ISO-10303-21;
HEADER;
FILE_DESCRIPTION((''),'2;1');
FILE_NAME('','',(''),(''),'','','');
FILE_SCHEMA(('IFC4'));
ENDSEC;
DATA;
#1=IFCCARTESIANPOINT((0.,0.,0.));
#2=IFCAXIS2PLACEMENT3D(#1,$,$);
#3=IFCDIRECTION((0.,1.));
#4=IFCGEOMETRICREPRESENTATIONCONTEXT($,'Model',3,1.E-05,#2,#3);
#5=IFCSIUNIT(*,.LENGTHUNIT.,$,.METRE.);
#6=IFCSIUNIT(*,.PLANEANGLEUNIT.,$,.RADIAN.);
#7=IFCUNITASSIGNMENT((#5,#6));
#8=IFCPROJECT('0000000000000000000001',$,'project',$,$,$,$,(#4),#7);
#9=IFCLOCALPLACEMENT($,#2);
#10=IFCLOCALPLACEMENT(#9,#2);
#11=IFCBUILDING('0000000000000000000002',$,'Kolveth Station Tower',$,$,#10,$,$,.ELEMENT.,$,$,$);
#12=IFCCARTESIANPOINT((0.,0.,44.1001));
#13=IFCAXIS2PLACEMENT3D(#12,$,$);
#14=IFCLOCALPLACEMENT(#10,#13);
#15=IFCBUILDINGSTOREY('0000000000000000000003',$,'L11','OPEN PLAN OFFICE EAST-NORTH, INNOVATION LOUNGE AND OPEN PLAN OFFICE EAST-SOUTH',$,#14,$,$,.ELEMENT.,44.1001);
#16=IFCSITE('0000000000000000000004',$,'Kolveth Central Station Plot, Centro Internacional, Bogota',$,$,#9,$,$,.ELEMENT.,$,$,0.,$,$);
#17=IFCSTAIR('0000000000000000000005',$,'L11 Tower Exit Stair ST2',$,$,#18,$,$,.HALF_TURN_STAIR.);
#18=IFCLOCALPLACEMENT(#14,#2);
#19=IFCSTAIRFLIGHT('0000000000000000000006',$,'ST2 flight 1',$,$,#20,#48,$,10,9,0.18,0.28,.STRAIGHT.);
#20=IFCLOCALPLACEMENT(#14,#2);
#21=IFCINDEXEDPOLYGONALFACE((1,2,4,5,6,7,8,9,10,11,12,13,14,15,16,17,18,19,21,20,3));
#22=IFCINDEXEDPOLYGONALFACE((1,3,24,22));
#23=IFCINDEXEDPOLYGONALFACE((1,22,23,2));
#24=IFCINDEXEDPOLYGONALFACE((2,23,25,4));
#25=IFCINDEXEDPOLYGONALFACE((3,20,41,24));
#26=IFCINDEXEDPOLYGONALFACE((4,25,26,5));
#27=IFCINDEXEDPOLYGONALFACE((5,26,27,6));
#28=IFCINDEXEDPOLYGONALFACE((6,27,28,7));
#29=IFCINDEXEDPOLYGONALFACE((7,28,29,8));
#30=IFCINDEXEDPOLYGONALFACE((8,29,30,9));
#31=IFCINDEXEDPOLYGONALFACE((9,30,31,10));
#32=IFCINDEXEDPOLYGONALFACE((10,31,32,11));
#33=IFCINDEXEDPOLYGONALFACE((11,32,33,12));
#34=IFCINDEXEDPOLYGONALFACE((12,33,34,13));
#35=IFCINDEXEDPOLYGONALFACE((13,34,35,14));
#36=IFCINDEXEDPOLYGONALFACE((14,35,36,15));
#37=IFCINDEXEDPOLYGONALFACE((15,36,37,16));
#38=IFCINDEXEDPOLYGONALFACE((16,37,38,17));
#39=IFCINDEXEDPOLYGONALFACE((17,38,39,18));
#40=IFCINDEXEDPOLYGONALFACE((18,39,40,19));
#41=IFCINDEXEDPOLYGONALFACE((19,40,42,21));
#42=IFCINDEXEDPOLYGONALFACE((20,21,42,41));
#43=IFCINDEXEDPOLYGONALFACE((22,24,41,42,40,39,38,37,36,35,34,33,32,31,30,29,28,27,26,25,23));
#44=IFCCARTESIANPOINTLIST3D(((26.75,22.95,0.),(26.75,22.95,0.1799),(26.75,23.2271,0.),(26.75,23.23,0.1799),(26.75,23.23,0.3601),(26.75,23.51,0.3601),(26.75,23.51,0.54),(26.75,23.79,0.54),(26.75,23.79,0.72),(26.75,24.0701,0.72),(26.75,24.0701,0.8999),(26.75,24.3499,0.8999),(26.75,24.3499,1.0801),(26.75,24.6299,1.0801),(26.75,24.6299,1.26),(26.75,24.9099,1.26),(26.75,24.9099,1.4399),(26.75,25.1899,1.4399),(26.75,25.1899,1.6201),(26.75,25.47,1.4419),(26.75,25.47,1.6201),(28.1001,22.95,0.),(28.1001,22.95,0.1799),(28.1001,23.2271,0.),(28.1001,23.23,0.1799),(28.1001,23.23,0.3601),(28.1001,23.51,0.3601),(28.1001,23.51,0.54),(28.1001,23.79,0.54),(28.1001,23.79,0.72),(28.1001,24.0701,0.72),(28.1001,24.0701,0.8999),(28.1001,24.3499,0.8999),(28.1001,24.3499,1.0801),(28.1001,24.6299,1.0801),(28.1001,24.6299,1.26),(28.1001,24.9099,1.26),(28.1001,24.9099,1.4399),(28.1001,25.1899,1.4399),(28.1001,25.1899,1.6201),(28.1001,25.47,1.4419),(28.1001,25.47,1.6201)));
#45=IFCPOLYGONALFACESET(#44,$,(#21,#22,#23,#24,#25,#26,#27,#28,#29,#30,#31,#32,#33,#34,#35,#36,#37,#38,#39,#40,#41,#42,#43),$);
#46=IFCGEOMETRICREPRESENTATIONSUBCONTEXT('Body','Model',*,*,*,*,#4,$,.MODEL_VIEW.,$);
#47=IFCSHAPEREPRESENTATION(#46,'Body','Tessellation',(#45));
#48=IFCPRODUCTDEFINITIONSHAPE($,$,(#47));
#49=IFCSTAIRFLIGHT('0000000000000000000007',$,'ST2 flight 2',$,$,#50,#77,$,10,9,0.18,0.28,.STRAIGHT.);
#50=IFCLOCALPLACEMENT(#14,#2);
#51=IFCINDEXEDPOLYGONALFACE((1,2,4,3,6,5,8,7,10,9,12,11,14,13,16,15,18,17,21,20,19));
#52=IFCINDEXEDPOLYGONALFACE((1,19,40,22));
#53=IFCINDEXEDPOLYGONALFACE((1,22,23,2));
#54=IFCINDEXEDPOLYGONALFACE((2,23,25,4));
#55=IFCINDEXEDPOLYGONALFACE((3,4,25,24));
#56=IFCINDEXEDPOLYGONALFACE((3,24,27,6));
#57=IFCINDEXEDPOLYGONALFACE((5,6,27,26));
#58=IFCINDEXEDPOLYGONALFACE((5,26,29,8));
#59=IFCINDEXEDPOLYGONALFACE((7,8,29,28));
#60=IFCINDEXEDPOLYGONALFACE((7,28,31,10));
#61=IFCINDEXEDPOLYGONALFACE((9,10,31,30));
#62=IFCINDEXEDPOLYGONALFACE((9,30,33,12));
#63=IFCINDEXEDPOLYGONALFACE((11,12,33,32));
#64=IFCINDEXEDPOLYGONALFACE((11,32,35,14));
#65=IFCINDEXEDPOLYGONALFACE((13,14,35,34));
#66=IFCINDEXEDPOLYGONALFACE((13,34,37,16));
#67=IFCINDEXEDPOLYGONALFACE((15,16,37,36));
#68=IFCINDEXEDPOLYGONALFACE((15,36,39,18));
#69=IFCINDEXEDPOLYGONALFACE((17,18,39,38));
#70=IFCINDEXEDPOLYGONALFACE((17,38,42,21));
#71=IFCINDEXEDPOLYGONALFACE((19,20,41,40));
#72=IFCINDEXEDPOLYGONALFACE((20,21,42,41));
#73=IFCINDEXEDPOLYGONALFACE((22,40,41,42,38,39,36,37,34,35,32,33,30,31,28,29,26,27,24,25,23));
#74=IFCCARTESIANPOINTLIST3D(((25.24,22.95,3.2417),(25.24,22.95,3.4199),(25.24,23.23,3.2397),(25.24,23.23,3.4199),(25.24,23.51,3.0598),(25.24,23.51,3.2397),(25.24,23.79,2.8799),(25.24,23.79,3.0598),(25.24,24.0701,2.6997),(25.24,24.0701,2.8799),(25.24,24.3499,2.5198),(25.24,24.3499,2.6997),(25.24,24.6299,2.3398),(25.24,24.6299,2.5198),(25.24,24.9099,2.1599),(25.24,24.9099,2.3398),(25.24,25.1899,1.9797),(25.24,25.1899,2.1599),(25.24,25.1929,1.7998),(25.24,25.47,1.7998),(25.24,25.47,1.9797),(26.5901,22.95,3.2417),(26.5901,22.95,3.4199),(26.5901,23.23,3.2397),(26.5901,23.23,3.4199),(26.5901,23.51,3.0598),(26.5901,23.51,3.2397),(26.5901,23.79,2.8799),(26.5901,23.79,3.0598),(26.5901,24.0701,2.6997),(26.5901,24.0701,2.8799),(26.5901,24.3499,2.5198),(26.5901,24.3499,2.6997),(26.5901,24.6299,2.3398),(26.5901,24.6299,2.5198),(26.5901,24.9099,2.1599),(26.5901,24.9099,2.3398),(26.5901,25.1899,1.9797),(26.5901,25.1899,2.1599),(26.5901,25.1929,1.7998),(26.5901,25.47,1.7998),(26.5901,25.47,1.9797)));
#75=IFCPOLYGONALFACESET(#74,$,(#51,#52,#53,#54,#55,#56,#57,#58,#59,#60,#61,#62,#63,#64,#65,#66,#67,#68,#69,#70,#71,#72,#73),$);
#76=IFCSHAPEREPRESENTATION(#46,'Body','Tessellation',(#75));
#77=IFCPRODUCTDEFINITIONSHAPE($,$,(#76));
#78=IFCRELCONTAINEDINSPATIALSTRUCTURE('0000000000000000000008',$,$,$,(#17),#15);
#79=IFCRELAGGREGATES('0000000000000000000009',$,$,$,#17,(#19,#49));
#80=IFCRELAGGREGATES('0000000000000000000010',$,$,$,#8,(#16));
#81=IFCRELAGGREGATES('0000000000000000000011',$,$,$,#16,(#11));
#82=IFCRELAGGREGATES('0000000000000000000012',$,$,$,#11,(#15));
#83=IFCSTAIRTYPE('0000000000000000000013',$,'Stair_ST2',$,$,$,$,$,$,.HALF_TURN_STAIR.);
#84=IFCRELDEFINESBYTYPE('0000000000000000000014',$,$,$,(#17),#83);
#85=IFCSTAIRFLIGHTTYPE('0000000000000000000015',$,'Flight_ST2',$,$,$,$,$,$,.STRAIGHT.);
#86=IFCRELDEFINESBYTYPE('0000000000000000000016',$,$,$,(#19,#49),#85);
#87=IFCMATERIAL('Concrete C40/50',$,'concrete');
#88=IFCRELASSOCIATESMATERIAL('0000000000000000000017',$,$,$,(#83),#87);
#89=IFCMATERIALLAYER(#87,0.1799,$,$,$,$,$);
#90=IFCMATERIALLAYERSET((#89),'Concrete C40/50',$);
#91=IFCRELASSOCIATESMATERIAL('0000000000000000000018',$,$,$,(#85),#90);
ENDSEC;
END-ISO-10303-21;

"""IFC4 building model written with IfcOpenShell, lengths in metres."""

from ifc_helpers import new_model, si_unit, direction, frame, origin, place, context, subcontext, project, spatial, polyline, outline, extrude, material, layer, layer_set, type_object, element, aggregate, save


model = new_model("IFC4")

# Units and contexts
model_context = context("Model", 3, precision=1e-05, world=origin(), true_north=direction((0.0, 1.0)))
body_context = subcontext(model_context, "Body", "Model", "MODEL_VIEW")
ifc_project = project(units=[si_unit("LENGTHUNIT", "METRE"), si_unit("PLANEANGLEUNIT", "RADIAN")], contexts=[model_context])

# Site, building, storey
site_placement = place(None, origin())
site = spatial("IfcSite", under=ifc_project, at=site_placement, Name="Kolveth Central Station Plot, Centro Internacional, Bogota", CompositionType="ELEMENT", RefElevation=0.0)
building_placement = place(site_placement, origin())
building = spatial("IfcBuilding", under=site, at=building_placement, Name="Kolveth Station Tower", CompositionType="ELEMENT")
storey_placement = place(building_placement, frame((0.0, 0.0, 44.1001)))
storey = spatial("IfcBuildingStorey", under=building, at=storey_placement, Name="L11", Description="OPEN PLAN OFFICE EAST-NORTH, INNOVATION LOUNGE AND OPEN PLAN OFFICE EAST-SOUTH", CompositionType="ELEMENT", Elevation=44.1001)

# Shared definitions
ifc_material_1 = material(Name="Concrete C40/50", Category="concrete")

# Stair, stair flights
stair_type = type_object("IfcStairType", Name="Stair_ST2", PredefinedType="HALF_TURN_STAIR", material=ifc_material_1)
stair_placement = place(storey_placement, origin())
stair = element("IfcStair", 1, at=stair_placement, inside=storey, type_object=stair_type, Name="L11 Tower Exit Stair ST2", PredefinedType="HALF_TURN_STAIR")
ifc_layer_1 = layer(ifc_material_1, 0.1799)
ifc_layer_set_1 = layer_set([ifc_layer_1], Name="Concrete C40/50")
stair_flight_type = type_object("IfcStairFlightType", Name="Flight_ST2", PredefinedType="STRAIGHT", material=ifc_layer_set_1)
stair_flight_1_placement = place(storey_placement, frame((27.425, 22.95, 0.0), z_axis=(0.0, 0.0, 1.0), x_axis=(0.0, 1.0, 0.0)))
stair_flight_1 = element("IfcStairFlight", 2, at=stair_flight_1_placement, type_object=stair_flight_type, Name="ST2 flight 1", NumberOfRisers=10, NumberOfTreads=9, PredefinedType="STRAIGHT", RiserHeight=0.18, TreadLength=0.28, context=body_context, shape_type="SweptSolid", body=[
    extrude(outline(polyline([(0.0, 0.0), (0.0, 0.1799), (0.28, 0.1799), (0.28, 0.3601), (0.5601, 0.3601), (0.5601, 0.54), (0.8401, 0.54), (0.8401, 0.72), (1.1201, 0.72), (1.1201, 0.8999), (1.3999, 0.8999), (1.3999, 1.0801), (1.6799, 1.0801), (1.6799, 1.26), (1.96, 1.26), (1.96, 1.4399), (2.24, 1.4399), (2.24, 1.6201), (2.52, 1.6201), (2.52, 1.8), (2.52, 1.4419), (0.2771, 0.0), (0.0, 0.0)])), frame((0.0, 0.675, 0.0), z_axis=(0.0, -1.0, 0.0), x_axis=(1.0, 0.0, 0.0)), (0.0, 0.0, 1.0), 1.3501),
])
stair_flight_2_placement = place(storey_placement, frame((25.915, 25.47, 1.7998), z_axis=(0.0, 0.0, 1.0), x_axis=(0.0, -1.0, 0.0)))
stair_flight_2 = element("IfcStairFlight", 3, at=stair_flight_2_placement, type_object=stair_flight_type, Name="ST2 flight 2", NumberOfRisers=10, NumberOfTreads=9, PredefinedType="STRAIGHT", RiserHeight=0.18, TreadLength=0.28, context=body_context, shape_type="SweptSolid", body=[
    extrude(outline(polyline([(0.0, 0.0), (0.0, 0.1799), (0.28, 0.1799), (0.28, 0.3601), (0.5601, 0.3601), (0.5601, 0.54), (0.8401, 0.54), (0.8401, 0.72), (1.1201, 0.72), (1.1201, 0.8999), (1.3999, 0.8999), (1.3999, 1.0801), (1.6799, 1.0801), (1.6799, 1.26), (1.96, 1.26), (1.96, 1.4399), (2.24, 1.4399), (2.24, 1.6201), (2.52, 1.6201), (2.52, 1.8), (2.52, 1.4419), (0.2771, 0.0), (0.0, 0.0)])), frame((0.0, 0.675, 0.0), z_axis=(0.0, -1.0, 0.0), x_axis=(1.0, 0.0, 0.0)), (0.0, 0.0, 1.0), 1.3501),
])
aggregate(stair, [stair_flight_1, stair_flight_2])

save(model, "model.ifc")
